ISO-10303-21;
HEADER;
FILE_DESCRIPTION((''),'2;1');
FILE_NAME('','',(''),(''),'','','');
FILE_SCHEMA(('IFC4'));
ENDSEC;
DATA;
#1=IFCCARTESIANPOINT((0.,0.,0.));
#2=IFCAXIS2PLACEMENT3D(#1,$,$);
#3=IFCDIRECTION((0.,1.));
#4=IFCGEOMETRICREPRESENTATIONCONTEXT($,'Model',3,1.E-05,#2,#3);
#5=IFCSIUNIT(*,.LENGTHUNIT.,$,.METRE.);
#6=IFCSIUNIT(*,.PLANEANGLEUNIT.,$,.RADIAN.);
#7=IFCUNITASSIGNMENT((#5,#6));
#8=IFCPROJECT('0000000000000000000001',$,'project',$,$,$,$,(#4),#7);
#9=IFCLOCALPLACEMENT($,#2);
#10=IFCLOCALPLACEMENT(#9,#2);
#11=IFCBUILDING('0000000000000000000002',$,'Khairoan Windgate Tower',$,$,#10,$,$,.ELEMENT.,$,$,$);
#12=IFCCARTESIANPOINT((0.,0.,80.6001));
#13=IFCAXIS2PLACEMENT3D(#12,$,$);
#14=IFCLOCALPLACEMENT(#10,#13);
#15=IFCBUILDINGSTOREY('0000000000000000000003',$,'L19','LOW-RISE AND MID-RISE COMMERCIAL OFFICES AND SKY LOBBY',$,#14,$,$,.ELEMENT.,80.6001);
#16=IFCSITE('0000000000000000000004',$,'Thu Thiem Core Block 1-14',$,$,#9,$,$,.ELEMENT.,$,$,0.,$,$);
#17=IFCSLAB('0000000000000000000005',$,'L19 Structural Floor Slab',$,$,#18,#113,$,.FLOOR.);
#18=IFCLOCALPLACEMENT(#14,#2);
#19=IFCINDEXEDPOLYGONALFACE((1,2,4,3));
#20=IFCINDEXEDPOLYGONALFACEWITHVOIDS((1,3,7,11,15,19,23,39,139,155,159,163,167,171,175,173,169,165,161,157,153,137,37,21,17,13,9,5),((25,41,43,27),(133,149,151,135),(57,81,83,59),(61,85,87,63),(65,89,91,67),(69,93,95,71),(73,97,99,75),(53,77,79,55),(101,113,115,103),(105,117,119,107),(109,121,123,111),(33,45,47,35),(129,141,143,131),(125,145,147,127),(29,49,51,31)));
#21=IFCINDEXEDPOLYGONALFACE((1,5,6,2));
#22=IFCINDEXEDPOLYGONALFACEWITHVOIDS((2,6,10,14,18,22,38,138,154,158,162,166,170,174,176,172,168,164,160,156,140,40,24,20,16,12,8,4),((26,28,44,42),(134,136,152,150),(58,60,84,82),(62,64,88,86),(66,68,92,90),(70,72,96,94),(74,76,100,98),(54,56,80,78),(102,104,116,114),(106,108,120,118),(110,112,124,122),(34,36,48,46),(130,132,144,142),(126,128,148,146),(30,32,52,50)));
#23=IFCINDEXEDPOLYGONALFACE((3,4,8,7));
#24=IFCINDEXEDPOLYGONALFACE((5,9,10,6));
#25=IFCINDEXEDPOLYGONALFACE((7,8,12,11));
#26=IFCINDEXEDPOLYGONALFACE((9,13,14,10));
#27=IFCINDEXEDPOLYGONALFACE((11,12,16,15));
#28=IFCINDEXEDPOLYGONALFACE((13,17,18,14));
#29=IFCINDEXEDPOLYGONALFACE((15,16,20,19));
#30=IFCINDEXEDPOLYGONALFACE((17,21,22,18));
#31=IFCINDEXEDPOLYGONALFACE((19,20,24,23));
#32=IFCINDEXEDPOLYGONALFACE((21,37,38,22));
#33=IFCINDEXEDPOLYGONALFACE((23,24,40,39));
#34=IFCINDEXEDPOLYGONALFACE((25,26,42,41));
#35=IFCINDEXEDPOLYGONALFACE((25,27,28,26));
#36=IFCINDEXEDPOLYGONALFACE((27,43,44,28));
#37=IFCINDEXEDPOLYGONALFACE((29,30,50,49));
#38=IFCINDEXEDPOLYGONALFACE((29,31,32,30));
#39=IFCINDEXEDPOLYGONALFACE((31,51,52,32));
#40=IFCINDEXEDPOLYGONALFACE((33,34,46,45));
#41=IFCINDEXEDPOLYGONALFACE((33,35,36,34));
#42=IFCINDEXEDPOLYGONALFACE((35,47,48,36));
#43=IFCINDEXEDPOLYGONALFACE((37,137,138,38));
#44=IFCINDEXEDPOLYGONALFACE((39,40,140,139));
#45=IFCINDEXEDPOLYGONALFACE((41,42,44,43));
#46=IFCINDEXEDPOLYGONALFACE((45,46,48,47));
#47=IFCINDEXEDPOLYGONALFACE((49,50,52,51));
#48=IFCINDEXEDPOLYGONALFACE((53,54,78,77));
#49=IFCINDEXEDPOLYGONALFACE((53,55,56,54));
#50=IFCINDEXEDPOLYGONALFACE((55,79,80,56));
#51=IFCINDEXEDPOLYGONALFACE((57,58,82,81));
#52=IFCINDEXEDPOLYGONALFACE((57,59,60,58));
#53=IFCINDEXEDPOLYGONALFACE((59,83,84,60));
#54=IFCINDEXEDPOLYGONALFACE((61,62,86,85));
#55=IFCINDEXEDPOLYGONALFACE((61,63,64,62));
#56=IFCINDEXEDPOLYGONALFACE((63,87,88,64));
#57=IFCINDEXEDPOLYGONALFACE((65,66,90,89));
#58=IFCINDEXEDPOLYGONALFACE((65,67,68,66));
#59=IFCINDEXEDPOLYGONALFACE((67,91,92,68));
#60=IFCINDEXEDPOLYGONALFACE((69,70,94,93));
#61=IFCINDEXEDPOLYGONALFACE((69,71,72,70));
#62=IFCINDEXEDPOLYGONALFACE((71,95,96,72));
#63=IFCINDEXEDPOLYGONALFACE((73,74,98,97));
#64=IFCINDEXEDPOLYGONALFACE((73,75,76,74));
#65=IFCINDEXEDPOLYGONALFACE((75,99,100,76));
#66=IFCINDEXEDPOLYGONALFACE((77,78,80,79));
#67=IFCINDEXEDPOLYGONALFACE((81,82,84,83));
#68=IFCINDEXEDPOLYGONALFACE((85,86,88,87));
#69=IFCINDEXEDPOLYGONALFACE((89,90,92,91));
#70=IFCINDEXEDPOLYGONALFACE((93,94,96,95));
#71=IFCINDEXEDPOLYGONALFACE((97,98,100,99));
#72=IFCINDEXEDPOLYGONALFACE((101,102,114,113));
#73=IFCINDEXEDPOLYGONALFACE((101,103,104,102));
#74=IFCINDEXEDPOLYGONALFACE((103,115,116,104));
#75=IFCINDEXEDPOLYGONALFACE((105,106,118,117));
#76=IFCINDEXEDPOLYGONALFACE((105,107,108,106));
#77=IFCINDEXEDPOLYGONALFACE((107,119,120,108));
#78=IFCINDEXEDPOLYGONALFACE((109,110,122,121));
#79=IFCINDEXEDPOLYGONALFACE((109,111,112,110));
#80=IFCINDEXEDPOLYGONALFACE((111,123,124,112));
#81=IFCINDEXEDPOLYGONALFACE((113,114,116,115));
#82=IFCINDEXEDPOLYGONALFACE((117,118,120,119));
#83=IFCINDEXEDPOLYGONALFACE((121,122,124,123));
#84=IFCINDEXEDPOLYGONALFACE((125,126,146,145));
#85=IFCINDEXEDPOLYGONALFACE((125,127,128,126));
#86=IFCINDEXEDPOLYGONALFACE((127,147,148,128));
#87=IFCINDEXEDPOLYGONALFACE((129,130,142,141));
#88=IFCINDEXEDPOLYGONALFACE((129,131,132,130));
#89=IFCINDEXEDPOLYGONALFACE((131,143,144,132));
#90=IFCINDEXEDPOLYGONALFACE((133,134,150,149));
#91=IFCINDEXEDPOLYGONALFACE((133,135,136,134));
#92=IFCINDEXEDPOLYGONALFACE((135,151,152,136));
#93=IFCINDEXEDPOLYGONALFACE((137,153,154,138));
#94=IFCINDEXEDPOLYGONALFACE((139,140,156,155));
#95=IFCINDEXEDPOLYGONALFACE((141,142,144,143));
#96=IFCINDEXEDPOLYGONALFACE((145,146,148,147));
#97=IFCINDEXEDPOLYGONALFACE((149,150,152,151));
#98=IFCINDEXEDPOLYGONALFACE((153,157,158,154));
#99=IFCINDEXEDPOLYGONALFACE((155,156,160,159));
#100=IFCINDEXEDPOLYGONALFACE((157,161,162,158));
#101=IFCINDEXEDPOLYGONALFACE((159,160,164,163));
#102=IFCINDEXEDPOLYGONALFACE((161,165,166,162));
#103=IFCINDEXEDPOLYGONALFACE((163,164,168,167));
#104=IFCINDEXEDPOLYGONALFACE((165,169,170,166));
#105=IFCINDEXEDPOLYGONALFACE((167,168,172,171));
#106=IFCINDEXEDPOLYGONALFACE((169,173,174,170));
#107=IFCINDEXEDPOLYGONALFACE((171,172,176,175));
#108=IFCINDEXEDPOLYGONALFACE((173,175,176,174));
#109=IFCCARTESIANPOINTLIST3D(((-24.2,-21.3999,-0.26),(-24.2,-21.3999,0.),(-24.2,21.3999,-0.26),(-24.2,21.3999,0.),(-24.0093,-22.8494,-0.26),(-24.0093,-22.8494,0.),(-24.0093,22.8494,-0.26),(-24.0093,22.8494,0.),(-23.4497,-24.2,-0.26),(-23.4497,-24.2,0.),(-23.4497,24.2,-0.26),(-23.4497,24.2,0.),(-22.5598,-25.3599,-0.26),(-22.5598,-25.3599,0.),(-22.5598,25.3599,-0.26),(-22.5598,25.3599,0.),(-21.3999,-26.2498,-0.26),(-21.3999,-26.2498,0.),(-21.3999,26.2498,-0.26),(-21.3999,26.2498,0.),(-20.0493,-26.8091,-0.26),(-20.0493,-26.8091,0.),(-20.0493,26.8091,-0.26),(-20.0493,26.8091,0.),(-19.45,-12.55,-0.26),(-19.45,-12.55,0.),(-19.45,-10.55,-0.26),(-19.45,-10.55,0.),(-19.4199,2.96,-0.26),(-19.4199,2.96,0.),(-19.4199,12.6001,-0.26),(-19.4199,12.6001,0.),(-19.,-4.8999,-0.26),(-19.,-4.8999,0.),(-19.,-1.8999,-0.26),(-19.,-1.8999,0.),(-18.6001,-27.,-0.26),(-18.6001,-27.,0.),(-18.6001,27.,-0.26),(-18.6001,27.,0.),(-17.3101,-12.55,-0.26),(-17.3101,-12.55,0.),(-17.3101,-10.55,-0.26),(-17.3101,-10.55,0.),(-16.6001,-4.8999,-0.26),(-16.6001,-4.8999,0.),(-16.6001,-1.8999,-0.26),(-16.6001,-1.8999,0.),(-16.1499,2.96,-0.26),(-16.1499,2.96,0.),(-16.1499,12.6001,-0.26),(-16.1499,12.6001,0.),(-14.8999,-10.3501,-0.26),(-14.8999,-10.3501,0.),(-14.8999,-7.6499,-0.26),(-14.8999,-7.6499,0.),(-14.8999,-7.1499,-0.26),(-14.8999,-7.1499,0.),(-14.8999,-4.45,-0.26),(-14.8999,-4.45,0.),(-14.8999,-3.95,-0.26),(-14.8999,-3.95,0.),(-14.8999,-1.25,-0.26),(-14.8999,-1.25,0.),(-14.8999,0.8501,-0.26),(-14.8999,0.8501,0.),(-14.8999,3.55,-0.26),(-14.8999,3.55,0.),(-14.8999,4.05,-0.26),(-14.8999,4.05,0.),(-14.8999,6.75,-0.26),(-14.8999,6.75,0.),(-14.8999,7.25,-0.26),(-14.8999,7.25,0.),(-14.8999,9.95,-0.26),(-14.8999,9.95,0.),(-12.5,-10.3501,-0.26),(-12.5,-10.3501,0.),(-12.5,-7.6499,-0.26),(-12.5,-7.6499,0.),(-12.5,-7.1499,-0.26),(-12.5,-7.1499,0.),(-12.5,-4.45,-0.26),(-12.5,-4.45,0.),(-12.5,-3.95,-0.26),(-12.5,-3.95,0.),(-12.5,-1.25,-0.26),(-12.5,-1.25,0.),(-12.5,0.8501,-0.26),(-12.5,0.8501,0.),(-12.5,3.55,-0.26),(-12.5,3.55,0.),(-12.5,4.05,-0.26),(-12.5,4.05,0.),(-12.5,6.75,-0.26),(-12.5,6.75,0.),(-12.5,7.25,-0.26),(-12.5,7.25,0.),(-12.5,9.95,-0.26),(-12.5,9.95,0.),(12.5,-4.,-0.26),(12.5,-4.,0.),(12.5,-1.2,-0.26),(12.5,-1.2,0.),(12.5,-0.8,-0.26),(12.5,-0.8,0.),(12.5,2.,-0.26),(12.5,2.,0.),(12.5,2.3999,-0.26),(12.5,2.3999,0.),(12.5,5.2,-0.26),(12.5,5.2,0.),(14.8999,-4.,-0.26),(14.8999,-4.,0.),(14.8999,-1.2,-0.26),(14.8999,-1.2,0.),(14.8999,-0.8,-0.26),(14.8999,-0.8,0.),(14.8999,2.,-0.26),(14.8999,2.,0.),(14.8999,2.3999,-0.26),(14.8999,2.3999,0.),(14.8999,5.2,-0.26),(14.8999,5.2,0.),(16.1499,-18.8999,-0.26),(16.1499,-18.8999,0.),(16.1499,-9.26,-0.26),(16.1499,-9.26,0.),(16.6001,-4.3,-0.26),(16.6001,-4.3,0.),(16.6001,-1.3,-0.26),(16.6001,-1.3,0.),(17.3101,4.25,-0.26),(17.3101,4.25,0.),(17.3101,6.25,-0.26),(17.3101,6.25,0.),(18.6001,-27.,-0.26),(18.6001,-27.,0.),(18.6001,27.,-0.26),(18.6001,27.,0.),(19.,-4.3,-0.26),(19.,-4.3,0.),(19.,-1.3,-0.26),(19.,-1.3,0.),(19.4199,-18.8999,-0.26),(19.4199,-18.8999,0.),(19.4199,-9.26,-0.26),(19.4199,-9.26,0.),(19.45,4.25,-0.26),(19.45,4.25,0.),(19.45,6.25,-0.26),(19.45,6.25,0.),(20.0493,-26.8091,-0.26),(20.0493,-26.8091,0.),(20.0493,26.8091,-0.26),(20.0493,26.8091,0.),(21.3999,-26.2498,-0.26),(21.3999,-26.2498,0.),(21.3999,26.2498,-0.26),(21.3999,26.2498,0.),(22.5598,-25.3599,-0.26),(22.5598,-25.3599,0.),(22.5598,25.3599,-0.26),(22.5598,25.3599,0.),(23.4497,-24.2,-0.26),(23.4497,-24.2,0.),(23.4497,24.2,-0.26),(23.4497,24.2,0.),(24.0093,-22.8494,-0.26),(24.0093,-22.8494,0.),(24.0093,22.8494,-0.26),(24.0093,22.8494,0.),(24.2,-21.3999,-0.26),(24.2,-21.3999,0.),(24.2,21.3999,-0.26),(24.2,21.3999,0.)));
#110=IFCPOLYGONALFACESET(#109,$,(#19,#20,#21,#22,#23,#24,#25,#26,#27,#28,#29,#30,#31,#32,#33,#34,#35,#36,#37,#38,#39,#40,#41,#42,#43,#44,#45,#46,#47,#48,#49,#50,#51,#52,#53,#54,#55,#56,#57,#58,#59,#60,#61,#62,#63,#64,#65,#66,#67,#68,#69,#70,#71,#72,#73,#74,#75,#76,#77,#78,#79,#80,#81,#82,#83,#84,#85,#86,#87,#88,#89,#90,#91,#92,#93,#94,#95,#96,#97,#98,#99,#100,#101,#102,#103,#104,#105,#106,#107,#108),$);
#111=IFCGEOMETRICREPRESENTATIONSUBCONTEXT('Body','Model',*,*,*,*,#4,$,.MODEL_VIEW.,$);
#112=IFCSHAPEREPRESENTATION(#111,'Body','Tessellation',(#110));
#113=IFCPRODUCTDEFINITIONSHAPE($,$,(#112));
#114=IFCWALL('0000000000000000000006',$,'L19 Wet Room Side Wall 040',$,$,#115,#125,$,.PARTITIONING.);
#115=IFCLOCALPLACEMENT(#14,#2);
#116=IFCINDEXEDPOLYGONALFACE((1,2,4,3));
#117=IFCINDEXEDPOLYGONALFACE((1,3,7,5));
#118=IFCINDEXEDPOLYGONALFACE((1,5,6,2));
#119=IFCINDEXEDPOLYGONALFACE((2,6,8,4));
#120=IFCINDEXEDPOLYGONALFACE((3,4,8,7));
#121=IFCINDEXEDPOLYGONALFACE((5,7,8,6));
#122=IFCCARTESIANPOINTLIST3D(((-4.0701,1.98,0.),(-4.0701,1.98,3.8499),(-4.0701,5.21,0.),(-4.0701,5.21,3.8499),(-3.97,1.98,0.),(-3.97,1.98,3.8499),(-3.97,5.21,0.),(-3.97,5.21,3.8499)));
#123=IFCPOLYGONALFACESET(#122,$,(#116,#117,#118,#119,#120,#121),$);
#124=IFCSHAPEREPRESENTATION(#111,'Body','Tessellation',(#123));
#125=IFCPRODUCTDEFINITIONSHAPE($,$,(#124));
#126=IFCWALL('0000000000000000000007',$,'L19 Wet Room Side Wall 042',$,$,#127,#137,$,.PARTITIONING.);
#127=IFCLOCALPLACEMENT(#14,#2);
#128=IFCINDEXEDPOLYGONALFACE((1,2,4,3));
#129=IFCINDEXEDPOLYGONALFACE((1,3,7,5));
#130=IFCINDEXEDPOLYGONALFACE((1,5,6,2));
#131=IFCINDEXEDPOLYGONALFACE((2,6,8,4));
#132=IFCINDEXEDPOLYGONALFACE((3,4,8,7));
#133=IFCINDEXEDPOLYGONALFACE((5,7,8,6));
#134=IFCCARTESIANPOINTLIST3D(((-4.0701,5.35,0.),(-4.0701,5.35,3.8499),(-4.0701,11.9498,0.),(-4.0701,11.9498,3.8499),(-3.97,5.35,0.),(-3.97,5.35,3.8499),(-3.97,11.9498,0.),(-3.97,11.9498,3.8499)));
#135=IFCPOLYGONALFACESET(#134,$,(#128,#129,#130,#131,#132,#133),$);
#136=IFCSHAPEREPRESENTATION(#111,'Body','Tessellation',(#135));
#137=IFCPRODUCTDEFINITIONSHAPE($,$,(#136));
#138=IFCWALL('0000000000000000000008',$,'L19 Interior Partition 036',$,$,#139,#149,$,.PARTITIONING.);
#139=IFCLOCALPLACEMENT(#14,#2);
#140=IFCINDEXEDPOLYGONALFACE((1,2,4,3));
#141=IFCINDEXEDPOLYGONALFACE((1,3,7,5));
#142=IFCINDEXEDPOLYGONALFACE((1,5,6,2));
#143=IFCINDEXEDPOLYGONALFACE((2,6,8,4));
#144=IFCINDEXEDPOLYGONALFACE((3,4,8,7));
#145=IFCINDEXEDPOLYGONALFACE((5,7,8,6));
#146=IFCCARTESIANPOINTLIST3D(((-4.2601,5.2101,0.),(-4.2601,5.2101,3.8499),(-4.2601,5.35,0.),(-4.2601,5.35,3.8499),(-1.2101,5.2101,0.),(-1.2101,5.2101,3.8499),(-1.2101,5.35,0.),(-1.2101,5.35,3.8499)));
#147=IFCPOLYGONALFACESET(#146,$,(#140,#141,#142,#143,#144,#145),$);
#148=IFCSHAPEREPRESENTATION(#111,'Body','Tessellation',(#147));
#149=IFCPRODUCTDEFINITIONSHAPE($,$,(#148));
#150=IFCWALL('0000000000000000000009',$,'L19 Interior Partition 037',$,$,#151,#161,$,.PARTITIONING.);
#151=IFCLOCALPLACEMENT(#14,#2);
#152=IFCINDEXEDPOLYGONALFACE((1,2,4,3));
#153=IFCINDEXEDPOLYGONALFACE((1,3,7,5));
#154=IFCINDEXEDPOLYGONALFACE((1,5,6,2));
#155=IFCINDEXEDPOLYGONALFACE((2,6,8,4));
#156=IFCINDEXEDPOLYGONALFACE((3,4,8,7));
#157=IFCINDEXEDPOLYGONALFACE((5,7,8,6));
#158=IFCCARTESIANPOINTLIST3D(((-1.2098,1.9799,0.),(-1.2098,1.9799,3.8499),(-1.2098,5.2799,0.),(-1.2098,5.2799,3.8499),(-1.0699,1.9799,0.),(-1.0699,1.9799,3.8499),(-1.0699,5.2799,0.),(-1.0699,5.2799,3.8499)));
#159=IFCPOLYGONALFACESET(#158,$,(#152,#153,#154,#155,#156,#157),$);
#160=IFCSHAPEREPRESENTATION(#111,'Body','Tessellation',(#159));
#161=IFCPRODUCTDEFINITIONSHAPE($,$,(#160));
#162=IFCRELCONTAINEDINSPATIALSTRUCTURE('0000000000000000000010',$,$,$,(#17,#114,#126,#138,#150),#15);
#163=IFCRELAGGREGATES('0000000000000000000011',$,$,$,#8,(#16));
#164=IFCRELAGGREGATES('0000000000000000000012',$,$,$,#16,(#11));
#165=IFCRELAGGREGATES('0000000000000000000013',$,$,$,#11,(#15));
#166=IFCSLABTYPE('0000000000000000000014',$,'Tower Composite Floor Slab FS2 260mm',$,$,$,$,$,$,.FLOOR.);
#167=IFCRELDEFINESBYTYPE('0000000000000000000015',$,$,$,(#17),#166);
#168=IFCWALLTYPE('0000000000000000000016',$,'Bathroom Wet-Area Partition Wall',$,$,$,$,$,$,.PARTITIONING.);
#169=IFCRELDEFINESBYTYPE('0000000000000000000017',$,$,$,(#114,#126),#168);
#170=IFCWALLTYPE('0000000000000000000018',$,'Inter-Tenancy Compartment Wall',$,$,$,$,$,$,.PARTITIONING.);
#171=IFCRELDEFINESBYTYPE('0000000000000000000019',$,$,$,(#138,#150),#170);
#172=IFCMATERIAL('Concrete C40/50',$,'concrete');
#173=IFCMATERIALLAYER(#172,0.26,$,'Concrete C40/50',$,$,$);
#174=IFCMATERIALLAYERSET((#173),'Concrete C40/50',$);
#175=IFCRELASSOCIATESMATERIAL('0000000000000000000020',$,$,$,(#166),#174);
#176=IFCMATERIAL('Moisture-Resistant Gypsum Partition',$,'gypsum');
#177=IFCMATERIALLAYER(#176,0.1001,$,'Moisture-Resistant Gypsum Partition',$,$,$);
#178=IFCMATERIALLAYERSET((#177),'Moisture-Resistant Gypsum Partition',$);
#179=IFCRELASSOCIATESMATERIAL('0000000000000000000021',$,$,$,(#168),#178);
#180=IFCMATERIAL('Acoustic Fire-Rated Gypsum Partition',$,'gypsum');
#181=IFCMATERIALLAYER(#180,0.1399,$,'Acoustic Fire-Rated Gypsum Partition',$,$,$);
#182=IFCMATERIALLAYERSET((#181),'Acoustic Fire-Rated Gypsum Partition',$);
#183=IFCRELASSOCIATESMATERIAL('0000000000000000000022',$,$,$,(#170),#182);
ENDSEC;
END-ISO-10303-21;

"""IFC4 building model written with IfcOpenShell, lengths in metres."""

from ifc_helpers import new_model, si_unit, direction, frame, frame_2d, origin, place, context, subcontext, project, spatial, polyline, rectangle, outline, extrude, material, layer, layer_set, type_object, element, save


model = new_model("IFC4")

# Units and contexts
model_context = context("Model", 3, precision=1e-05, world=origin(), true_north=direction((0.0, 1.0)))
body_context = subcontext(model_context, "Body", "Model", "MODEL_VIEW")
ifc_project = project(units=[si_unit("LENGTHUNIT", "METRE"), si_unit("PLANEANGLEUNIT", "RADIAN")], contexts=[model_context])

# Site, building, storey
site_placement = place(None, origin())
site = spatial("IfcSite", under=ifc_project, at=site_placement, Name="Thu Thiem Core Block 1-14", CompositionType="ELEMENT", RefElevation=0.0)
building_placement = place(site_placement, origin())
building = spatial("IfcBuilding", under=site, at=building_placement, Name="Khairoan Windgate Tower", CompositionType="ELEMENT")
storey_placement = place(building_placement, frame((0.0, 0.0, 80.6001)))
storey = spatial("IfcBuildingStorey", under=building, at=storey_placement, Name="L19", Description="LOW-RISE AND MID-RISE COMMERCIAL OFFICES AND SKY LOBBY", CompositionType="ELEMENT", Elevation=80.6001)

# Slab
ifc_material_1 = material(Name="Concrete C40/50", Category="concrete")
ifc_layer_1 = layer(ifc_material_1, 0.26, Name="Concrete C40/50")
ifc_layer_set_1 = layer_set([ifc_layer_1], Name="Concrete C40/50")
slab_type_1 = type_object("IfcSlabType", Name="Tower Composite Floor Slab FS2 260mm", PredefinedType="FLOOR", material=ifc_layer_set_1)
slab_1_placement = place(storey_placement, frame((0.0, 0.0, -0.26)))
element("IfcSlab", 1, at=slab_1_placement, inside=storey, type_object=slab_type_1, Name="L19 Structural Floor Slab", PredefinedType="FLOOR", context=body_context, shape_type="SweptSolid", body=[
    extrude(outline(polyline([(18.6001, -27.0), (20.0493, -26.8091), (21.3999, -26.2498), (22.5598, -25.3599), (23.4497, -24.2), (24.0093, -22.8494), (24.2, -21.3999), (24.2, 21.3999), (24.0093, 22.8494), (23.4497, 24.2), (22.5598, 25.3599), (21.3999, 26.2498), (20.0493, 26.8091), (18.6001, 27.0), (-18.6001, 27.0), (-20.0493, 26.8091), (-21.3999, 26.2498), (-22.5598, 25.3599), (-23.4497, 24.2), (-24.0093, 22.8494), (-24.2, 21.3999), (-24.2, -21.3999), (-24.0093, -22.8494), (-23.4497, -24.2), (-22.5598, -25.3599), (-21.3999, -26.2498), (-20.0493, -26.8091), (-18.6001, -27.0), (18.6001, -27.0)]), holes=[polyline([(16.1499, -9.26), (16.1499, -18.8999), (19.4199, -18.8999), (19.4199, -9.26), (16.1499, -9.26)]), polyline([(-16.1499, 2.96), (-16.1499, 12.6001), (-19.4199, 12.6001), (-19.4199, 2.96), (-16.1499, 2.96)]), polyline([(-14.8999, 7.25), (-12.5, 7.25), (-12.5, 9.95), (-14.8999, 9.95), (-14.8999, 7.25)]), polyline([(-14.8999, 4.05), (-12.5, 4.05), (-12.5, 6.75), (-14.8999, 6.75), (-14.8999, 4.05)]), polyline([(-14.8999, 0.8501), (-12.5, 0.8501), (-12.5, 3.55), (-14.8999, 3.55), (-14.8999, 0.8501)]), polyline([(-14.8999, -3.95), (-12.5, -3.95), (-12.5, -1.25), (-14.8999, -1.25), (-14.8999, -3.95)]), polyline([(-14.8999, -7.1499), (-12.5, -7.1499), (-12.5, -4.45), (-14.8999, -4.45), (-14.8999, -7.1499)]), polyline([(-14.8999, -10.3501), (-12.5, -10.3501), (-12.5, -7.6499), (-14.8999, -7.6499), (-14.8999, -10.3501)]), polyline([(12.5, 2.3999), (14.8999, 2.3999), (14.8999, 5.2), (12.5, 5.2), (12.5, 2.3999)]), polyline([(12.5, -0.8), (14.8999, -0.8), (14.8999, 2.0), (12.5, 2.0), (12.5, -0.8)]), polyline([(12.5, -4.0), (14.8999, -4.0), (14.8999, -1.2), (12.5, -1.2), (12.5, -4.0)]), polyline([(16.6001, -4.3), (19.0, -4.3), (19.0, -1.3), (16.6001, -1.3), (16.6001, -4.3)]), polyline([(-19.0, -4.8999), (-16.6001, -4.8999), (-16.6001, -1.8999), (-19.0, -1.8999), (-19.0, -4.8999)]), polyline([(-19.45, -12.55), (-17.3101, -12.55), (-17.3101, -10.55), (-19.45, -10.55), (-19.45, -12.55)]), polyline([(17.3101, 4.25), (19.45, 4.25), (19.45, 6.25), (17.3101, 6.25), (17.3101, 4.25)])]), origin(), (0.0, 0.0, 1.0), 0.26),
])

# Walls
ifc_material_2 = material(Name="Moisture-Resistant Gypsum Partition", Category="gypsum")
ifc_layer_2 = layer(ifc_material_2, 0.1001, Name="Moisture-Resistant Gypsum Partition")
ifc_layer_set_2 = layer_set([ifc_layer_2], Name="Moisture-Resistant Gypsum Partition")
wall_type_1 = type_object("IfcWallType", Name="Bathroom Wet-Area Partition Wall", PredefinedType="PARTITIONING", material=ifc_layer_set_2)
wall_1_placement = place(storey_placement, frame((-4.02, 1.98, 0.0), z_axis=(0.0, 0.0, 1.0), x_axis=(0.0, 1.0, 0.0)))
element("IfcWall", 2, at=wall_1_placement, inside=storey, type_object=wall_type_1, Name="L19 Wet Room Side Wall 040", PredefinedType="PARTITIONING", context=body_context, shape_type="SweptSolid", body=[
    extrude(rectangle(XDim=3.23, YDim=0.1001, at=frame_2d((1.615, 0.0))), origin(), (0.0, 0.0, 1.0), 3.8499),
])
wall_2_placement = place(storey_placement, frame((-4.02, 5.3501, 0.0), z_axis=(0.0, 0.0, 1.0), x_axis=(0.0, 1.0, 0.0)))
element("IfcWall", 3, at=wall_2_placement, inside=storey, type_object=wall_type_1, Name="L19 Wet Room Side Wall 042", PredefinedType="PARTITIONING", context=body_context, shape_type="SweptSolid", body=[
    extrude(rectangle(XDim=6.5999, YDim=0.1001, at=frame_2d((3.2998, 0.0))), origin(), (0.0, 0.0, 1.0), 3.8499),
])
ifc_material_3 = material(Name="Acoustic Fire-Rated Gypsum Partition", Category="gypsum")
ifc_layer_3 = layer(ifc_material_3, 0.1399, Name="Acoustic Fire-Rated Gypsum Partition")
ifc_layer_set_3 = layer_set([ifc_layer_3], Name="Acoustic Fire-Rated Gypsum Partition")
wall_type_2 = type_object("IfcWallType", Name="Inter-Tenancy Compartment Wall", PredefinedType="PARTITIONING", material=ifc_layer_set_3)
wall_3_placement = place(storey_placement, frame((-4.26, 5.28, 0.0), z_axis=(0.0, 0.0, 1.0), x_axis=(1.0, 0.0, 0.0)))
element("IfcWall", 4, at=wall_3_placement, inside=storey, type_object=wall_type_2, Name="L19 Interior Partition 036", PredefinedType="PARTITIONING", context=body_context, shape_type="SweptSolid", body=[
    extrude(rectangle(XDim=3.05, YDim=0.1399, at=frame_2d((1.5249, 0.0))), origin(), (0.0, 0.0, 1.0), 3.8499),
])
wall_4_placement = place(storey_placement, frame((-1.1399, 1.98, 0.0), z_axis=(0.0, 0.0, 1.0), x_axis=(0.0, 1.0, 0.0)))
element("IfcWall", 5, at=wall_4_placement, inside=storey, type_object=wall_type_2, Name="L19 Interior Partition 037", PredefinedType="PARTITIONING", context=body_context, shape_type="SweptSolid", body=[
    extrude(rectangle(XDim=3.3, YDim=0.1399, at=frame_2d((1.6499, 0.0))), origin(), (0.0, 0.0, 1.0), 3.8499),
])

save(model, "model.ifc")
